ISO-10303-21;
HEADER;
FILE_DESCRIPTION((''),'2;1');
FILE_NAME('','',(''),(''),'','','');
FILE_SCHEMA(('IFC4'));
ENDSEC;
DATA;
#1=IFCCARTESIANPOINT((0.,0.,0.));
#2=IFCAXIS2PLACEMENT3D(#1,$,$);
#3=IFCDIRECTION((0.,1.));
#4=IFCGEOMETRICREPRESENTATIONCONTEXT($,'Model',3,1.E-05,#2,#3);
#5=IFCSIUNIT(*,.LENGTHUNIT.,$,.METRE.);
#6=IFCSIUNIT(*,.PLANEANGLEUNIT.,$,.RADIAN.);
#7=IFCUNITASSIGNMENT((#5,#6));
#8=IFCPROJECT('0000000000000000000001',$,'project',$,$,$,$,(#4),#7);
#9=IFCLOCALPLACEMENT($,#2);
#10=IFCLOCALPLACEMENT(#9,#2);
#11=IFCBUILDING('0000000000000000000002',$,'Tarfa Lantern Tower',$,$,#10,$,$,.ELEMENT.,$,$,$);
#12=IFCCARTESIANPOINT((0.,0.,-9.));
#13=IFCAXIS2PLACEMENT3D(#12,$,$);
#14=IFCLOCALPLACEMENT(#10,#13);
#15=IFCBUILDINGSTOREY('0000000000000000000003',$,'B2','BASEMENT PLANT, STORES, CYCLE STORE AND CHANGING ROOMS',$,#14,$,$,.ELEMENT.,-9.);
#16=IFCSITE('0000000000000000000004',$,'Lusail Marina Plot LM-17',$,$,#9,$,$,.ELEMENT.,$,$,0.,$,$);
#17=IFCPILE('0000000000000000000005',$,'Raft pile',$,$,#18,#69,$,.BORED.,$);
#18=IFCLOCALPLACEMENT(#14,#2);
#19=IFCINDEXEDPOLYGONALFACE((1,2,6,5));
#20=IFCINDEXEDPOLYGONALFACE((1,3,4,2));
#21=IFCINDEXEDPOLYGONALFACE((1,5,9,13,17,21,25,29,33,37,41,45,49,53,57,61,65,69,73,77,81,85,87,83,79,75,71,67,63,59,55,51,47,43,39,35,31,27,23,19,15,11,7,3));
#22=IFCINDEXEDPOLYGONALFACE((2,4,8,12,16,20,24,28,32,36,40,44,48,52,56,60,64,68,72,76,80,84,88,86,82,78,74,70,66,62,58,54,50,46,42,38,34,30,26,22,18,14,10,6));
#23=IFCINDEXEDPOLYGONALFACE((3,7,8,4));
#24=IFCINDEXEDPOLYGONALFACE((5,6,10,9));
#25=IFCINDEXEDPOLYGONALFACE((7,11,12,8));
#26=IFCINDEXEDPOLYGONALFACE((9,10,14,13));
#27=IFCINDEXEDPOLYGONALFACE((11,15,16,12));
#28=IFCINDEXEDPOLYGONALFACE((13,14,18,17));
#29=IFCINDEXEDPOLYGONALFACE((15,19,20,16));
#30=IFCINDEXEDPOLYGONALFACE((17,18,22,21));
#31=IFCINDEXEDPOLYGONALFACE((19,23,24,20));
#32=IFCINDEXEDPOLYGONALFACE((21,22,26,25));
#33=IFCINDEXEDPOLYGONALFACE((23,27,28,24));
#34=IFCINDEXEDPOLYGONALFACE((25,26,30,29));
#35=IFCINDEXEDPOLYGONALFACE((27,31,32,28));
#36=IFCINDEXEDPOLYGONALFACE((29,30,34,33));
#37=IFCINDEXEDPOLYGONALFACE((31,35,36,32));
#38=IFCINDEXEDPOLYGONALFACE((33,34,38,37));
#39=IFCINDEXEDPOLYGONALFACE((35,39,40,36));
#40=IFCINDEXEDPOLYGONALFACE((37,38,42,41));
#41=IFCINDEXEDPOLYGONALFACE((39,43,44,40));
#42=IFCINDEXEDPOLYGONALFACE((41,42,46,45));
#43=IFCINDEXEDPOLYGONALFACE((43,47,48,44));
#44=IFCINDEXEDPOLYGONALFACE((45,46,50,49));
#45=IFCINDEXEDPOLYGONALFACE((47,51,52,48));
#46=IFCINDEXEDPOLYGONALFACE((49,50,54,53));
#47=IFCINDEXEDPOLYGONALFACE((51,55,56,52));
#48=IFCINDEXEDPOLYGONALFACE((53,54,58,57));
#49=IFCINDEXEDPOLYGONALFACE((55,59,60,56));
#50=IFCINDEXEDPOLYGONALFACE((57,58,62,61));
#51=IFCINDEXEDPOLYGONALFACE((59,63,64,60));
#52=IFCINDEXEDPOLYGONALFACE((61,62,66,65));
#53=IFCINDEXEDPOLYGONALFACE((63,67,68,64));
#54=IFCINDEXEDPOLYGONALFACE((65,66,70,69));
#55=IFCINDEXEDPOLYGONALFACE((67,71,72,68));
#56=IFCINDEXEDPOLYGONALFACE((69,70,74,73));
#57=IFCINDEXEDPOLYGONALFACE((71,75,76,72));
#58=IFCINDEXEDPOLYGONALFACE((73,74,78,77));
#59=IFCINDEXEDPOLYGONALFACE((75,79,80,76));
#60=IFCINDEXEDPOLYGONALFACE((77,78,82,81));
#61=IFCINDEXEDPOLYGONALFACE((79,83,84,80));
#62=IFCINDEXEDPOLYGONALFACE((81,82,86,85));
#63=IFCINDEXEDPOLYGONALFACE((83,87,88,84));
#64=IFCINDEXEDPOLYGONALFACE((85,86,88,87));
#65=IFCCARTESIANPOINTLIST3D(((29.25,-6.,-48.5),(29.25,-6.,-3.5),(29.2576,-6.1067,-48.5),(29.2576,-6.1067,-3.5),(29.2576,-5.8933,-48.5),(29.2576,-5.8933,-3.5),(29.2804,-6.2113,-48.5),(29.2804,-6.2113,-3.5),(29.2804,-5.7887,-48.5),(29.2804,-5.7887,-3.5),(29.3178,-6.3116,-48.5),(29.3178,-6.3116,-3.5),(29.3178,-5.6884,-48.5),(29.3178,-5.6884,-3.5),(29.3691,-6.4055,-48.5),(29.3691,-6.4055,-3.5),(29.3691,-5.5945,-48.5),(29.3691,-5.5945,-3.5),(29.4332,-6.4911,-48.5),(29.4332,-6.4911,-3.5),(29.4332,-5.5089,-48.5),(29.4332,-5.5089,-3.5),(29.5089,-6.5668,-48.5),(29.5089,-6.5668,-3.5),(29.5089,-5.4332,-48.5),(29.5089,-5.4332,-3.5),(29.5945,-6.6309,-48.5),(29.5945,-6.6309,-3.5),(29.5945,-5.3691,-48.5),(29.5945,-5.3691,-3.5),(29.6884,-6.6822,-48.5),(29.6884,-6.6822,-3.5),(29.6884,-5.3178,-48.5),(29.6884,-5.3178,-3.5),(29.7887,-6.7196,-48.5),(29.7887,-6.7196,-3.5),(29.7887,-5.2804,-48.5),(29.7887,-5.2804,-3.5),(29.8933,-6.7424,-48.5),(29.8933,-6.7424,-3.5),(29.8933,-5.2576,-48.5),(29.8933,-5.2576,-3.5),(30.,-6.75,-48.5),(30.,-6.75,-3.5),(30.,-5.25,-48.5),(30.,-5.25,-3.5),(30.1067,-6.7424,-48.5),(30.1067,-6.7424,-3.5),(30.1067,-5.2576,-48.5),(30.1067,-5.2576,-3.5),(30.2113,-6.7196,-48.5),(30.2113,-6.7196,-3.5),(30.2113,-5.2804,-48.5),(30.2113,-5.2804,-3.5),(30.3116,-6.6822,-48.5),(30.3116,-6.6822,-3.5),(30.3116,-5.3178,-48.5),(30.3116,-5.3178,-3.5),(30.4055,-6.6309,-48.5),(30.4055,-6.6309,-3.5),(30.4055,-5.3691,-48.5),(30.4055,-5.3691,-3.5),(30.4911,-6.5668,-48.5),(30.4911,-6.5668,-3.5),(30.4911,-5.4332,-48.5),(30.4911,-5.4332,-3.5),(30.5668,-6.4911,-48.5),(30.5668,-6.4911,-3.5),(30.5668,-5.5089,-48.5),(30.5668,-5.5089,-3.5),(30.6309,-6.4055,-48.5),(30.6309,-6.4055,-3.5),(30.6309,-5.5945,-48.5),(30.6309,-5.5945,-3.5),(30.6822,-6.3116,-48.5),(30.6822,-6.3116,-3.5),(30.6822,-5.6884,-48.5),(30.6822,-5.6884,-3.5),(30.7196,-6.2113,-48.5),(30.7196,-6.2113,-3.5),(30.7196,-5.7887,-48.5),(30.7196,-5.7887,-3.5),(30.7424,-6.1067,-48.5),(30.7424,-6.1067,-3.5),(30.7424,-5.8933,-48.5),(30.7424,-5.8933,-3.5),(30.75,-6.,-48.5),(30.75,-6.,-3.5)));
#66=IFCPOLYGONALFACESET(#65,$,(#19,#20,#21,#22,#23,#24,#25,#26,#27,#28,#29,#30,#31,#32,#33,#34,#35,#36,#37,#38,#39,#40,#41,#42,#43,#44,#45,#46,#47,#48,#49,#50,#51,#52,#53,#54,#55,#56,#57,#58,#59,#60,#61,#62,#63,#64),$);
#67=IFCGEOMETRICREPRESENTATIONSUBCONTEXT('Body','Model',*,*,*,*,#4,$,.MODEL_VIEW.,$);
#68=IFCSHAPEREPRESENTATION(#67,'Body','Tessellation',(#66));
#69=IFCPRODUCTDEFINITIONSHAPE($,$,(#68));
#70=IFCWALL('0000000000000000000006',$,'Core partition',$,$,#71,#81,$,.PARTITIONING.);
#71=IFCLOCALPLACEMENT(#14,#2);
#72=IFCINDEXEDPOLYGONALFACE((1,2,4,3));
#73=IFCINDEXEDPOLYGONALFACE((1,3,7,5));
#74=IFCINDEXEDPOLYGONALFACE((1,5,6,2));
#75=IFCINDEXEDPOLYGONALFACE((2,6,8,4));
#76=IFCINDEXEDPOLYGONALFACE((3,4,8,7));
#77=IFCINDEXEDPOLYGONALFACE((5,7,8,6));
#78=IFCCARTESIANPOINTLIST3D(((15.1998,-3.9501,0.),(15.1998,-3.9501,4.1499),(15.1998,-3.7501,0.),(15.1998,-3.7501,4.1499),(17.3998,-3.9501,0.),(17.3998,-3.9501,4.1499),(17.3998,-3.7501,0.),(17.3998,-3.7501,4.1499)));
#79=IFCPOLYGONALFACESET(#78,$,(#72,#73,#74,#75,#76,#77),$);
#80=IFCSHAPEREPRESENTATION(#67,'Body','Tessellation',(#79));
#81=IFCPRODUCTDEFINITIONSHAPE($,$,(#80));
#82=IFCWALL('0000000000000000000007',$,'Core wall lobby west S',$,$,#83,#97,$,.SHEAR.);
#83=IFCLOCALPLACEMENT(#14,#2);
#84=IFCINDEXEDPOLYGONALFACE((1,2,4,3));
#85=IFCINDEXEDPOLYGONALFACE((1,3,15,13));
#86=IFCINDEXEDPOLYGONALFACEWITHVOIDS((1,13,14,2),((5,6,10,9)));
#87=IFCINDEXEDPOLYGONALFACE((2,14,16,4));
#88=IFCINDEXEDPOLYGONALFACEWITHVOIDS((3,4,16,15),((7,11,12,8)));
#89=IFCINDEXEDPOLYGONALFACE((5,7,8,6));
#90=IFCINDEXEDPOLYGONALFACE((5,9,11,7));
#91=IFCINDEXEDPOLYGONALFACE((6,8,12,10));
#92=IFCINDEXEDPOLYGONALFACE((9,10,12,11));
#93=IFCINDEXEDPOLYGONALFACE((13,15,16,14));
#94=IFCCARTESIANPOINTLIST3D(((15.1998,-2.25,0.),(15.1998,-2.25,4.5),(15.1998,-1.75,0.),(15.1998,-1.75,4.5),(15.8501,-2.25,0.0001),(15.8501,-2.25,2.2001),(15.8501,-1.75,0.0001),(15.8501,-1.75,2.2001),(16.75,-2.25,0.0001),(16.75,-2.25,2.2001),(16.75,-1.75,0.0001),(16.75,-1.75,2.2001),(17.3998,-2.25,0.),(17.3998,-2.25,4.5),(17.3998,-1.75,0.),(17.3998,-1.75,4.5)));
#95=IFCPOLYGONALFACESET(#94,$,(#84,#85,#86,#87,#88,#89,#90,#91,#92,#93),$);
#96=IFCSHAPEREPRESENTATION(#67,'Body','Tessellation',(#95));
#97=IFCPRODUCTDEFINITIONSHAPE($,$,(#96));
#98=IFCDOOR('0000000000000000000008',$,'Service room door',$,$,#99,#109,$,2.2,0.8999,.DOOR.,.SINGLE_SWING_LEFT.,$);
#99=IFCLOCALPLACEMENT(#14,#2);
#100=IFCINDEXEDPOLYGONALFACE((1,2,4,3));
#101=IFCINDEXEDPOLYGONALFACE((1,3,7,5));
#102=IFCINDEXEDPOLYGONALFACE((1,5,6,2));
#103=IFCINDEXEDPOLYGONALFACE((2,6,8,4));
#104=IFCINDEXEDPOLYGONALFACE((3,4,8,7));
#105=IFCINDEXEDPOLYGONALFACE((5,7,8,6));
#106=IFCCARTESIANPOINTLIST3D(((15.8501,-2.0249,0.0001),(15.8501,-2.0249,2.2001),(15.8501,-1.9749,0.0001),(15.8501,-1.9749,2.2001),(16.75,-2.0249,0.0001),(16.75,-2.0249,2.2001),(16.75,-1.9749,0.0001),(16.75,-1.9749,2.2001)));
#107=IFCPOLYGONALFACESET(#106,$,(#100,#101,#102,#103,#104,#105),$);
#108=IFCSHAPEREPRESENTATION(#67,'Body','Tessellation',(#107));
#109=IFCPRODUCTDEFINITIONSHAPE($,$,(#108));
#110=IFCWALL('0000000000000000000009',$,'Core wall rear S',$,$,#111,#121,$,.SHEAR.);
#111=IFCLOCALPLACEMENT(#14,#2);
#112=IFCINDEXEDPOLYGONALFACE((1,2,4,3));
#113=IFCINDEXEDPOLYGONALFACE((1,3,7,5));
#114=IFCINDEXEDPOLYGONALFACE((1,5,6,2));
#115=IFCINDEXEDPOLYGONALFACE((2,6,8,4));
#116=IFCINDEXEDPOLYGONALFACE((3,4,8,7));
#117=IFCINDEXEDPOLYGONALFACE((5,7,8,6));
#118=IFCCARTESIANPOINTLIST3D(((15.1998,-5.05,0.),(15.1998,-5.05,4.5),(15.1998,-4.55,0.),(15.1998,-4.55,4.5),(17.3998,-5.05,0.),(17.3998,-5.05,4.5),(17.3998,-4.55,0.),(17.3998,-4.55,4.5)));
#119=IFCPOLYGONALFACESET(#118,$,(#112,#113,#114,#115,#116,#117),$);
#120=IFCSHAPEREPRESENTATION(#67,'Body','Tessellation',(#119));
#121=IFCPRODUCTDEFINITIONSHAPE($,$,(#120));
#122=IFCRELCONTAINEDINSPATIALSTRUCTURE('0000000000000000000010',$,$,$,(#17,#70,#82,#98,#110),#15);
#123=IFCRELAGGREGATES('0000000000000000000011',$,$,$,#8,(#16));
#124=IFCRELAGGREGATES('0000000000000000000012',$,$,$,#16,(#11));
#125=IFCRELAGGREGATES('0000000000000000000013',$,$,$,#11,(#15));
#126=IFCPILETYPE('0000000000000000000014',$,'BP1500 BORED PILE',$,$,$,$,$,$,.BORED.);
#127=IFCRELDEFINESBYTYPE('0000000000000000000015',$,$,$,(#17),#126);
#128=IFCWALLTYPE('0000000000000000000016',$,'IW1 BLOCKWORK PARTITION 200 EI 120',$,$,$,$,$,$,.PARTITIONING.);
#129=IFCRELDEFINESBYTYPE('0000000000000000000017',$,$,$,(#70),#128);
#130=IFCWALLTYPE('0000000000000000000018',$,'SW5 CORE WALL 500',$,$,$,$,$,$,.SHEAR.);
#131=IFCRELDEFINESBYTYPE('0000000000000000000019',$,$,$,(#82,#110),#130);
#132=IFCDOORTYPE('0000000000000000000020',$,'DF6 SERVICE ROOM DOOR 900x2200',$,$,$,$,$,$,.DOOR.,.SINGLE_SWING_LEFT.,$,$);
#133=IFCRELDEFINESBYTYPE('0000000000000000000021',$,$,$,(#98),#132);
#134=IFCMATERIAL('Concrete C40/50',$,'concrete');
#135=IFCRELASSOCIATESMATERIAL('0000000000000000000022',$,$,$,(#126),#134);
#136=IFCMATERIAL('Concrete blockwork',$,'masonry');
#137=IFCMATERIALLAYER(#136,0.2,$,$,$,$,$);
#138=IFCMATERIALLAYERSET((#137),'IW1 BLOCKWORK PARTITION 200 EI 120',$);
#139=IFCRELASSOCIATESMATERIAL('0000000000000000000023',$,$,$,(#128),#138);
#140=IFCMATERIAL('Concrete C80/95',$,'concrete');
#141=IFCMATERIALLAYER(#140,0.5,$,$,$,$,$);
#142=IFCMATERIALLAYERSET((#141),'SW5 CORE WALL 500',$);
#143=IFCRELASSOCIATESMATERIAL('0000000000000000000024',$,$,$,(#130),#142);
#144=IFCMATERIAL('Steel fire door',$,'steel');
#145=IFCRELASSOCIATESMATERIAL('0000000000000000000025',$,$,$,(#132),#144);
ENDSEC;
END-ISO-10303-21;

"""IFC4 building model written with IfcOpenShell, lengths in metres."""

from ifc_helpers import new_model, si_unit, direction, frame, frame_2d, origin, origin_2d, place, context, subcontext, project, spatial, rectangle, circle, extrude, material, layer, layer_set, material_profile, profile_set, type_object, element, fill, save


model = new_model("IFC4")

# Units and contexts
model_context = context("Model", 3, precision=1e-05, world=origin(), true_north=direction((0.0, 1.0)))
body_context = subcontext(model_context, "Body", "Model", "MODEL_VIEW")
ifc_project = project(units=[si_unit("LENGTHUNIT", "METRE"), si_unit("PLANEANGLEUNIT", "RADIAN")], contexts=[model_context])

# Site, building, storey
site_placement = place(None, origin())
site = spatial("IfcSite", under=ifc_project, at=site_placement, Name="Lusail Marina Plot LM-17", CompositionType="ELEMENT", RefElevation=0.0)
building_placement = place(site_placement, origin())
building = spatial("IfcBuilding", under=site, at=building_placement, Name="Tarfa Lantern Tower", CompositionType="ELEMENT")
storey_placement = place(building_placement, frame((0.0, 0.0, -9.0)))
storey = spatial("IfcBuildingStorey", under=building, at=storey_placement, Name="B2", Description="BASEMENT PLANT, STORES, CYCLE STORE AND CHANGING ROOMS", CompositionType="ELEMENT", Elevation=-9.0)

# Pile
ifc_material_1 = material(Name="Concrete C40/50", Category="concrete")
ifc_material_profile = material_profile(ifc_material_1, circle(Radius=0.75, at=origin_2d()), Name="BORED PILE D1500")
ifc_profile_set = profile_set([ifc_material_profile], Name="Concrete C40/50")
pile_type = type_object("IfcPileType", Name="BP1500 BORED PILE", PredefinedType="BORED", material=ifc_profile_set)
for number, where, z_axis, x_axis, name in (
    (1, (30.0, -6.0, -3.5), (0.0, 0.0, -1.0), (1.0, 0.0, 0.0), "Raft pile"),
):
    element("IfcPile", number, at=place(storey_placement, frame(where, z_axis=z_axis, x_axis=x_axis)), inside=storey, type_object=pile_type, Name=name, PredefinedType="BORED", context=body_context, shape_type="SweptSolid", body=[
        extrude(circle(Radius=0.75, at=origin_2d()), origin(), (0.0, 0.0, 1.0), 45.0),
    ])

# Wall
ifc_material_2 = material(Name="Concrete blockwork", Category="masonry")
ifc_layer_1 = layer(ifc_material_2, 0.2)
ifc_layer_set_1 = layer_set([ifc_layer_1], Name="IW1 BLOCKWORK PARTITION 200 EI 120")
wall_type_1 = type_object("IfcWallType", Name="IW1 BLOCKWORK PARTITION 200 EI 120", PredefinedType="PARTITIONING", material=ifc_layer_set_1)
wall_1_placement = place(storey_placement, frame((17.3999, -3.8501, 0.0), z_axis=(0.0, 0.0, 1.0), x_axis=(-1.0, 0.0, 0.0)))
element("IfcWall", 2, at=wall_1_placement, inside=storey, type_object=wall_type_1, Name="Core partition", PredefinedType="PARTITIONING", context=body_context, shape_type="SweptSolid", body=[
    extrude(rectangle(XDim=2.2, YDim=0.2, at=frame_2d((1.1001, 0.0))), origin(), (0.0, 0.0, 1.0), 4.1499),
])

# Wall, opening, door
ifc_material_3 = material(Name="Concrete C80/95", Category="concrete")
ifc_layer_2 = layer(ifc_material_3, 0.5)
ifc_layer_set_2 = layer_set([ifc_layer_2], Name="SW5 CORE WALL 500")
wall_type_2 = type_object("IfcWallType", Name="SW5 CORE WALL 500", PredefinedType="SHEAR", material=ifc_layer_set_2)
wall_2_placement = place(storey_placement, frame((17.3999, -2.0, 0.0), z_axis=(0.0, 0.0, 1.0), x_axis=(-1.0, 0.0, 0.0)))
wall_2 = element("IfcWall", 3, at=wall_2_placement, inside=storey, type_object=wall_type_2, Name="Core wall lobby west S", PredefinedType="SHEAR", context=body_context, shape_type="SweptSolid", body=[
    extrude(rectangle(XDim=2.2, YDim=0.5, at=frame_2d((1.1001, 0.0))), origin(), (0.0, 0.0, 1.0), 4.5),
])
opening_placement = place(wall_2_placement, frame((0.6499, 0.0, 0.0)))
opening = element("IfcOpeningElement", 4, at=opening_placement, cuts=wall_2, PredefinedType="OPENING", context=body_context, shape_type="SweptSolid", body=[
    extrude(rectangle(XDim=0.8999, YDim=2.2, at=frame_2d((0.45, 1.1001))), frame((0.0, 0.26, 0.0), z_axis=(0.0, -1.0, 0.0), x_axis=(1.0, 0.0, 0.0)), (0.0, 0.0, 1.0), 0.52),
])
ifc_material_4 = material(Name="Steel fire door", Category="steel")
door_type = type_object("IfcDoorType", Name="DF6 SERVICE ROOM DOOR 900x2200", OperationType="SINGLE_SWING_LEFT", PredefinedType="DOOR", material=ifc_material_4)
door_placement = place(opening_placement, origin())
door = element("IfcDoor", 5, at=door_placement, inside=storey, type_object=door_type, Name="Service room door", OperationType="SINGLE_SWING_LEFT", OverallHeight=2.2, OverallWidth=0.8999, PredefinedType="DOOR", context=body_context, shape_type="SweptSolid", body=[
    extrude(rectangle(XDim=0.8999, YDim=2.2, at=frame_2d((0.45, 1.1001))), frame((0.0, 0.0249, 0.0), z_axis=(0.0, -1.0, 0.0), x_axis=(1.0, 0.0, 0.0)), (0.0, 0.0, 1.0), 0.05),
])
fill(opening, door)

# Wall
wall_3_placement = place(storey_placement, frame((17.3999, -4.8, 0.0), z_axis=(0.0, 0.0, 1.0), x_axis=(-1.0, 0.0, 0.0)))
element("IfcWall", 6, at=wall_3_placement, inside=storey, type_object=wall_type_2, Name="Core wall rear S", PredefinedType="SHEAR", context=body_context, shape_type="SweptSolid", body=[
    extrude(rectangle(XDim=2.2, YDim=0.5, at=frame_2d((1.1001, 0.0))), origin(), (0.0, 0.0, 1.0), 4.5),
])

save(model, "model.ifc")
